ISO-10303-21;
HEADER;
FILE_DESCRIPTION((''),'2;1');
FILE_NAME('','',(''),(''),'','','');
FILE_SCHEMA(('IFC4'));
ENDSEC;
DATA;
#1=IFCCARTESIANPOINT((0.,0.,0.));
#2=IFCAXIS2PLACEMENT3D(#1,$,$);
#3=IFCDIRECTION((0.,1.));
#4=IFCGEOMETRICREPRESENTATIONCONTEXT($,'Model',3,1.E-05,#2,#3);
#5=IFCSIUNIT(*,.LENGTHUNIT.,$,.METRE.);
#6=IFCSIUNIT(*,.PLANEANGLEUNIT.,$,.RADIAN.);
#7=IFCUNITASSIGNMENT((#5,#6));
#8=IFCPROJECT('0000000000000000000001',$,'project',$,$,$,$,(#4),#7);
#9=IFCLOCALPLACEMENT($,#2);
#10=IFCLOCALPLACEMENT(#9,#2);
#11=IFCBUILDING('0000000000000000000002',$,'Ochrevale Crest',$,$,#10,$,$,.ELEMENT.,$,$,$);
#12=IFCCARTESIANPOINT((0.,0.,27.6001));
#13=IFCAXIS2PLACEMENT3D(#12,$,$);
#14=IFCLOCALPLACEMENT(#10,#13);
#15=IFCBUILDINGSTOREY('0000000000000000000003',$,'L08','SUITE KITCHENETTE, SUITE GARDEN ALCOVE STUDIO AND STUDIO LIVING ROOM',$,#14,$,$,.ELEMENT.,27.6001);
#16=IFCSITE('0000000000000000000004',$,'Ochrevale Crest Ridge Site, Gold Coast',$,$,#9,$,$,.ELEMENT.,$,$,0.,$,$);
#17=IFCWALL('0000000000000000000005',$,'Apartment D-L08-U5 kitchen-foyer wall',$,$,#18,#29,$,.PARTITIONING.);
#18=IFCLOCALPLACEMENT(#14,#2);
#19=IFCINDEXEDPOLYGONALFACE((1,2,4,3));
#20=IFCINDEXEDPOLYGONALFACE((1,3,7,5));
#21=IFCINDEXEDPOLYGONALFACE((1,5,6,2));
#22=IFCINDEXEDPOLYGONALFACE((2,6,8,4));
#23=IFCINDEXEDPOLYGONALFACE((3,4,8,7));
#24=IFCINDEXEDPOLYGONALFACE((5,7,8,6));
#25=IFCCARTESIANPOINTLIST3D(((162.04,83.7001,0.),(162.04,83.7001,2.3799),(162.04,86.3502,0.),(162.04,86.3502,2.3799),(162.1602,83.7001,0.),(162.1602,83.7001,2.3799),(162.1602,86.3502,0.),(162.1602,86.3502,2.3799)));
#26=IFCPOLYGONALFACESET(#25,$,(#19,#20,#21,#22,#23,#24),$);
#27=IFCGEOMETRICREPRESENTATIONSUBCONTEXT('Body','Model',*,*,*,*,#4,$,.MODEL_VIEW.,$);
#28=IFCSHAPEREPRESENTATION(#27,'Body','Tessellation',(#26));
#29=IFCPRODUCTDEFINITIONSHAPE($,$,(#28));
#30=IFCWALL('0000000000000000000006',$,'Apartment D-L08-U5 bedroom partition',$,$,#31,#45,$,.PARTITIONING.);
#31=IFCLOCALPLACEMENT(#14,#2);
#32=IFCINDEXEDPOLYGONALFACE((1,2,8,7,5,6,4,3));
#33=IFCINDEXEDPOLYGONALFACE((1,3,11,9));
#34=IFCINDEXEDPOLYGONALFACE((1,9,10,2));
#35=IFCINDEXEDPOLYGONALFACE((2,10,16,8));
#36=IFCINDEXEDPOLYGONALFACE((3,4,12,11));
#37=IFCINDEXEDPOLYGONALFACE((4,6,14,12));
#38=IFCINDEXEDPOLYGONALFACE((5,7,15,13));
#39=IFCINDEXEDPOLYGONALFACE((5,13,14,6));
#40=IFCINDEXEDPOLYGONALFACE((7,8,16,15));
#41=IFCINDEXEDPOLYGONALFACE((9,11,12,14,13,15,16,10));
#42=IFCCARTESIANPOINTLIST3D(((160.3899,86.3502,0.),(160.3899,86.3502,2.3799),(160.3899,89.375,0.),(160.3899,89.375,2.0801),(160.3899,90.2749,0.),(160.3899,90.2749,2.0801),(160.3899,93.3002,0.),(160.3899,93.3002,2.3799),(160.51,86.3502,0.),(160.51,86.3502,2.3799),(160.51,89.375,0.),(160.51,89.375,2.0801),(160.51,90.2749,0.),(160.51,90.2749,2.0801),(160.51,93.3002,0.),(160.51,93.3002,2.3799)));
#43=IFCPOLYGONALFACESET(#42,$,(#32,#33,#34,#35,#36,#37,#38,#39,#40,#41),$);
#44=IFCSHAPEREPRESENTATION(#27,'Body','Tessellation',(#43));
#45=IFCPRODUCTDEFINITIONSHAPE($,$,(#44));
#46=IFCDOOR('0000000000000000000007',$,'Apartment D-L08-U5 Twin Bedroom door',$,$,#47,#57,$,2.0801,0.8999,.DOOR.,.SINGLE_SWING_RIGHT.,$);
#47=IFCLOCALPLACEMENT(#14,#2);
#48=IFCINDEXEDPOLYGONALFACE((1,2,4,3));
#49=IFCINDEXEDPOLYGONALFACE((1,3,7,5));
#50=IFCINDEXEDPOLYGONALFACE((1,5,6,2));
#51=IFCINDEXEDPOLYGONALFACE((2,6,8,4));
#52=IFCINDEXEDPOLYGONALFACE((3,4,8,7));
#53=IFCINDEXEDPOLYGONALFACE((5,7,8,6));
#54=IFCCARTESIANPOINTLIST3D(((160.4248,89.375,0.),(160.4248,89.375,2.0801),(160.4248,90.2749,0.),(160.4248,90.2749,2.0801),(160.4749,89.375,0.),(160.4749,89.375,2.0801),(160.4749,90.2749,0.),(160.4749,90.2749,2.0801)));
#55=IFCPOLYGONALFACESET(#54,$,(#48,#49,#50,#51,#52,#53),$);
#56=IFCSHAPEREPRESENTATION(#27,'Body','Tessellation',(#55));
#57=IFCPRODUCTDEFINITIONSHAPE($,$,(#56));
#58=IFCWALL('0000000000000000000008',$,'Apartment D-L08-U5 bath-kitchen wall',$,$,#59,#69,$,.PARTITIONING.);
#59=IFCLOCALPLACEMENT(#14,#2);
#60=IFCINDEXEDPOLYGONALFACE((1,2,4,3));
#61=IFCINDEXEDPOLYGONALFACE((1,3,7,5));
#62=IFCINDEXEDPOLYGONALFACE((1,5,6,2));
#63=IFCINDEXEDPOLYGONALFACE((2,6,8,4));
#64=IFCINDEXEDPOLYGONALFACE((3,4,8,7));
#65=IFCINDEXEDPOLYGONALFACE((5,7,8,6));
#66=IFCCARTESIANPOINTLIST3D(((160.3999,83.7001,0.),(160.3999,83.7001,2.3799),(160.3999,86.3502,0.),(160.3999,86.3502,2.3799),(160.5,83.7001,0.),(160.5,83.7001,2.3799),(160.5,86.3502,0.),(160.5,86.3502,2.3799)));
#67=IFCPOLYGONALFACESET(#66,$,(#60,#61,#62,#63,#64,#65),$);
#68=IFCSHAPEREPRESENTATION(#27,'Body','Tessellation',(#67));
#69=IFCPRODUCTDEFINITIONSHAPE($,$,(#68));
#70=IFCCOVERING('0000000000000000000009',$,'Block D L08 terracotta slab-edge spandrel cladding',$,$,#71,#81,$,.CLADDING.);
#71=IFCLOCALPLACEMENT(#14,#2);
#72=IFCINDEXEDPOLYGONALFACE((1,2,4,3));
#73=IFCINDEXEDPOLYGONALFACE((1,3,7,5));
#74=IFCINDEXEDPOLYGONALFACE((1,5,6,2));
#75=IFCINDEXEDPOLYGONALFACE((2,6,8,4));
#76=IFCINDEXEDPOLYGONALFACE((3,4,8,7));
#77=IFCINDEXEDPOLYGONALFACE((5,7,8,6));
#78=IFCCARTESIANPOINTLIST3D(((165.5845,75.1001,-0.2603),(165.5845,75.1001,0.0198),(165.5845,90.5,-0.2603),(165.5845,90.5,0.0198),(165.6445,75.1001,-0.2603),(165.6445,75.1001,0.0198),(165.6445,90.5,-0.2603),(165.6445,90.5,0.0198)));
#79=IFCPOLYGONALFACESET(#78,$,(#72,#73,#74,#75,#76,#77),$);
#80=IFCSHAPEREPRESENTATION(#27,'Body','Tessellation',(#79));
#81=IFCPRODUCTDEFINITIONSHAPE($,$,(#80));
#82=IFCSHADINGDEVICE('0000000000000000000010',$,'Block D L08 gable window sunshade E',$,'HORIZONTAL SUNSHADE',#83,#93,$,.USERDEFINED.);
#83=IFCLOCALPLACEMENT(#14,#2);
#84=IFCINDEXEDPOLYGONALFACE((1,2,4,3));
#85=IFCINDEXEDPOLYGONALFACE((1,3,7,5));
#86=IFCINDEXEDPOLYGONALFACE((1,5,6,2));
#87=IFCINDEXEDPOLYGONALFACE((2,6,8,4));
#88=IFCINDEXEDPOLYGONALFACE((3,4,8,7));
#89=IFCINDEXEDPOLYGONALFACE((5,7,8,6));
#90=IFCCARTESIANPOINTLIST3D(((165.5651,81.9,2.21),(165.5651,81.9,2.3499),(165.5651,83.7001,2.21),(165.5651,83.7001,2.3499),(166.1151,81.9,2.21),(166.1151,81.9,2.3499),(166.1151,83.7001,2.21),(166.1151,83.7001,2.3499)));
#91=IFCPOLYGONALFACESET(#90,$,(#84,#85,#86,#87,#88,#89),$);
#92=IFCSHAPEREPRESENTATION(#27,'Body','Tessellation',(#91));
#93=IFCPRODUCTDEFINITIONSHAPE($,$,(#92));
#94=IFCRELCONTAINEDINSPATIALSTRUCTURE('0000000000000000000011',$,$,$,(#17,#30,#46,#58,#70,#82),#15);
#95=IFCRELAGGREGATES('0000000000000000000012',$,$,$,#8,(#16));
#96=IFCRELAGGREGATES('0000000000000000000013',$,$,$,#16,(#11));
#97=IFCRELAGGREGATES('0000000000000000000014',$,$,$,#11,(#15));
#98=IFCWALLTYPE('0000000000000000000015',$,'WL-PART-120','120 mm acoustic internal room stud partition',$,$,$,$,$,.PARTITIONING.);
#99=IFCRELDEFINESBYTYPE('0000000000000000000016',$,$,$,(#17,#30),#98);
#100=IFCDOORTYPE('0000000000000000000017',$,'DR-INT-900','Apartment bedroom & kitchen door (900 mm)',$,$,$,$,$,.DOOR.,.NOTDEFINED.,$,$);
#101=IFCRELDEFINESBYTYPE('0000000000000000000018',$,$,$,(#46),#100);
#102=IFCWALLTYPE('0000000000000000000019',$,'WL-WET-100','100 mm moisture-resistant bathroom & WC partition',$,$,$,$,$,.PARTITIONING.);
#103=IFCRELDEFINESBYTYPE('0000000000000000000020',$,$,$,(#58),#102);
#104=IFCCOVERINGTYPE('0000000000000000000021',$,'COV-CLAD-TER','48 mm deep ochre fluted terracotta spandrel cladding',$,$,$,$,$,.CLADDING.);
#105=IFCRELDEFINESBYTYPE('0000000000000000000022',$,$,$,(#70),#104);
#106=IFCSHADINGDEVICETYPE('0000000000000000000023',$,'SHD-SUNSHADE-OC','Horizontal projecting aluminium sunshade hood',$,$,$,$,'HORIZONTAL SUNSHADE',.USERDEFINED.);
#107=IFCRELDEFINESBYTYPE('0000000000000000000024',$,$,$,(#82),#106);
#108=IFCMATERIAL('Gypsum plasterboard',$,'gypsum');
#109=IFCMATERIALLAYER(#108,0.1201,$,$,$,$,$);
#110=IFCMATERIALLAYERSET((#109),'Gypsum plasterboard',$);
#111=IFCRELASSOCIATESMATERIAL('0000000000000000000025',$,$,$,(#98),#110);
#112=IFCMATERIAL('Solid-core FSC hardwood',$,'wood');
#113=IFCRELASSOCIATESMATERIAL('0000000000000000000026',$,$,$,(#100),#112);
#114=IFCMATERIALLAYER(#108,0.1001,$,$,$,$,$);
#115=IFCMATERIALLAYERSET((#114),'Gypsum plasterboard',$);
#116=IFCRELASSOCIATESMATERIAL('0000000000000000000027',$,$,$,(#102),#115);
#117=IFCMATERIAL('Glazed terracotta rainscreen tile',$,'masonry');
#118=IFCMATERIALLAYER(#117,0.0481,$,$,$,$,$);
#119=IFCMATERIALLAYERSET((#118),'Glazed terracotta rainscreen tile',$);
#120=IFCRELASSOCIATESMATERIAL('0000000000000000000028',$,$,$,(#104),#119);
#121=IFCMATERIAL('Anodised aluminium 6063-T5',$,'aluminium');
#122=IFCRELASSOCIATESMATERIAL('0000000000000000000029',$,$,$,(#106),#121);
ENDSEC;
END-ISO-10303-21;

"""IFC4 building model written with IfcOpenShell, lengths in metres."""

from ifc_helpers import new_model, si_unit, direction, frame, frame_2d, origin, origin_2d, place, context, subcontext, project, spatial, rectangle, extrude, material, layer, layer_set, type_object, element, fill, save


model = new_model("IFC4")

# Units and contexts
model_context = context("Model", 3, precision=1e-05, world=origin(), true_north=direction((0.0, 1.0)))
body_context = subcontext(model_context, "Body", "Model", "MODEL_VIEW")
ifc_project = project(units=[si_unit("LENGTHUNIT", "METRE"), si_unit("PLANEANGLEUNIT", "RADIAN")], contexts=[model_context])

# Site, building, storey
site_placement = place(None, origin())
site = spatial("IfcSite", under=ifc_project, at=site_placement, Name="Ochrevale Crest Ridge Site, Gold Coast", CompositionType="ELEMENT", RefElevation=0.0)
building_placement = place(site_placement, origin())
building = spatial("IfcBuilding", under=site, at=building_placement, Name="Ochrevale Crest", CompositionType="ELEMENT")
storey_placement = place(building_placement, frame((0.0, 0.0, 27.6001)))
storey = spatial("IfcBuildingStorey", under=building, at=storey_placement, Name="L08", Description="SUITE KITCHENETTE, SUITE GARDEN ALCOVE STUDIO AND STUDIO LIVING ROOM", CompositionType="ELEMENT", Elevation=27.6001)

# Shared definitions
ifc_material_1 = material(Name="Anodised aluminium 6063-T5", Category="aluminium")

# Wall
ifc_material_2 = material(Name="Gypsum plasterboard", Category="gypsum")
ifc_layer_1 = layer(ifc_material_2, 0.1201)
ifc_layer_set_1 = layer_set([ifc_layer_1], Name="Gypsum plasterboard")
wall_type_1 = type_object("IfcWallType", Name="WL-PART-120", Description="120 mm acoustic internal room stud partition", PredefinedType="PARTITIONING", material=ifc_layer_set_1)
wall_1_placement = place(storey_placement, frame((162.1001, 83.7, 0.0), z_axis=(0.0, 0.0, 1.0), x_axis=(0.0, 1.0, 0.0)))
element("IfcWall", 1, at=wall_1_placement, inside=storey, type_object=wall_type_1, Name="Apartment D-L08-U5 kitchen-foyer wall", PredefinedType="PARTITIONING", context=body_context, shape_type="SweptSolid", body=[
    extrude(rectangle(XDim=2.6501, YDim=0.1201, at=frame_2d((1.3252, 0.0))), origin(), (0.0, 0.0, 1.0), 2.3799),
])

# Wall, opening, door
wall_2_placement = place(storey_placement, frame((160.45, 86.3501, 0.0), z_axis=(0.0, 0.0, 1.0), x_axis=(0.0, 1.0, 0.0)))
wall_2 = element("IfcWall", 2, at=wall_2_placement, inside=storey, type_object=wall_type_1, Name="Apartment D-L08-U5 bedroom partition", PredefinedType="PARTITIONING", context=body_context, shape_type="SweptSolid", body=[
    extrude(rectangle(XDim=6.95, YDim=0.1201, at=frame_2d((3.4751, 0.0))), origin(), (0.0, 0.0, 1.0), 2.3799),
])
opening_placement = place(wall_2_placement, frame((3.9248, 0.0, 0.0), z_axis=(0.0, 0.0, 1.0), x_axis=(-1.0, 0.0, 0.0)))
opening = element("IfcOpeningElement", 3, at=opening_placement, cuts=wall_2, PredefinedType="OPENING", context=body_context, shape_type="SweptSolid", body=[
    extrude(rectangle(XDim=0.8999, YDim=2.0801, at=frame_2d((0.45, 1.04))), frame((0.0, 0.0701, 0.0), z_axis=(0.0, -1.0, 0.0), x_axis=(1.0, 0.0, 0.0)), (0.0, 0.0, 1.0), 0.1401),
])
ifc_material_3 = material(Name="Solid-core FSC hardwood", Category="wood")
door_type = type_object("IfcDoorType", Name="DR-INT-900", Description="Apartment bedroom & kitchen door (900 mm)", OperationType="NOTDEFINED", PredefinedType="DOOR", material=ifc_material_3)
door_placement = place(opening_placement, origin())
door = element("IfcDoor", 4, at=door_placement, inside=storey, type_object=door_type, Name="Apartment D-L08-U5 Twin Bedroom door", OperationType="SINGLE_SWING_RIGHT", OverallHeight=2.0801, OverallWidth=0.8999, PredefinedType="DOOR", context=body_context, shape_type="SweptSolid", body=[
    extrude(rectangle(XDim=0.8999, YDim=2.0801, at=frame_2d((0.45, 1.04))), frame((0.0, 0.0249, 0.0), z_axis=(0.0, -1.0, 0.0), x_axis=(1.0, 0.0, 0.0)), (0.0, 0.0, 1.0), 0.05),
])
fill(opening, door)

# Wall
ifc_layer_2 = layer(ifc_material_2, 0.1001)
ifc_layer_set_2 = layer_set([ifc_layer_2], Name="Gypsum plasterboard")
wall_type_2 = type_object("IfcWallType", Name="WL-WET-100", Description="100 mm moisture-resistant bathroom & WC partition", PredefinedType="PARTITIONING", material=ifc_layer_set_2)
wall_3_placement = place(storey_placement, frame((160.45, 83.7, 0.0), z_axis=(0.0, 0.0, 1.0), x_axis=(0.0, 1.0, 0.0)))
element("IfcWall", 5, at=wall_3_placement, inside=storey, type_object=wall_type_2, Name="Apartment D-L08-U5 bath-kitchen wall", PredefinedType="PARTITIONING", context=body_context, shape_type="SweptSolid", body=[
    extrude(rectangle(XDim=2.6501, YDim=0.1001, at=frame_2d((1.3252, 0.0))), origin(), (0.0, 0.0, 1.0), 2.3799),
])

# Covering
ifc_material_4 = material(Name="Glazed terracotta rainscreen tile", Category="masonry")
ifc_layer_3 = layer(ifc_material_4, 0.0481)
ifc_layer_set_3 = layer_set([ifc_layer_3], Name="Glazed terracotta rainscreen tile")
covering_type = type_object("IfcCoveringType", Name="COV-CLAD-TER", Description="48 mm deep ochre fluted terracotta spandrel cladding", PredefinedType="CLADDING", material=ifc_layer_set_3)
covering_placement = place(storey_placement, frame((165.6145, 82.8, -0.2603), z_axis=(0.0, 0.0, 1.0), x_axis=(0.0, 1.0, 0.0)))
element("IfcCovering", 6, at=covering_placement, inside=storey, type_object=covering_type, Name="Block D L08 terracotta slab-edge spandrel cladding", PredefinedType="CLADDING", context=body_context, shape_type="SweptSolid", body=[
    extrude(rectangle(XDim=15.3999, YDim=0.0601, at=origin_2d()), origin(), (0.0, 0.0, 1.0), 0.28),
])

# Shading device
shading_device_type = type_object("IfcShadingDeviceType", Name="SHD-SUNSHADE-OC", Description="Horizontal projecting aluminium sunshade hood", ElementType="HORIZONTAL SUNSHADE", PredefinedType="USERDEFINED", material=ifc_material_1)
shading_device_placement = place(storey_placement, frame((165.8401, 82.8, 2.21), z_axis=(0.0, 0.0, 1.0), x_axis=(1.0, 0.0, 0.0)))
element("IfcShadingDevice", 7, at=shading_device_placement, inside=storey, type_object=shading_device_type, Name="Block D L08 gable window sunshade E", ObjectType="HORIZONTAL SUNSHADE", PredefinedType="USERDEFINED", context=body_context, shape_type="SweptSolid", body=[
    extrude(rectangle(XDim=0.55, YDim=1.8, at=origin_2d()), origin(), (0.0, 0.0, 1.0), 0.1399),
])

save(model, "model.ifc")
